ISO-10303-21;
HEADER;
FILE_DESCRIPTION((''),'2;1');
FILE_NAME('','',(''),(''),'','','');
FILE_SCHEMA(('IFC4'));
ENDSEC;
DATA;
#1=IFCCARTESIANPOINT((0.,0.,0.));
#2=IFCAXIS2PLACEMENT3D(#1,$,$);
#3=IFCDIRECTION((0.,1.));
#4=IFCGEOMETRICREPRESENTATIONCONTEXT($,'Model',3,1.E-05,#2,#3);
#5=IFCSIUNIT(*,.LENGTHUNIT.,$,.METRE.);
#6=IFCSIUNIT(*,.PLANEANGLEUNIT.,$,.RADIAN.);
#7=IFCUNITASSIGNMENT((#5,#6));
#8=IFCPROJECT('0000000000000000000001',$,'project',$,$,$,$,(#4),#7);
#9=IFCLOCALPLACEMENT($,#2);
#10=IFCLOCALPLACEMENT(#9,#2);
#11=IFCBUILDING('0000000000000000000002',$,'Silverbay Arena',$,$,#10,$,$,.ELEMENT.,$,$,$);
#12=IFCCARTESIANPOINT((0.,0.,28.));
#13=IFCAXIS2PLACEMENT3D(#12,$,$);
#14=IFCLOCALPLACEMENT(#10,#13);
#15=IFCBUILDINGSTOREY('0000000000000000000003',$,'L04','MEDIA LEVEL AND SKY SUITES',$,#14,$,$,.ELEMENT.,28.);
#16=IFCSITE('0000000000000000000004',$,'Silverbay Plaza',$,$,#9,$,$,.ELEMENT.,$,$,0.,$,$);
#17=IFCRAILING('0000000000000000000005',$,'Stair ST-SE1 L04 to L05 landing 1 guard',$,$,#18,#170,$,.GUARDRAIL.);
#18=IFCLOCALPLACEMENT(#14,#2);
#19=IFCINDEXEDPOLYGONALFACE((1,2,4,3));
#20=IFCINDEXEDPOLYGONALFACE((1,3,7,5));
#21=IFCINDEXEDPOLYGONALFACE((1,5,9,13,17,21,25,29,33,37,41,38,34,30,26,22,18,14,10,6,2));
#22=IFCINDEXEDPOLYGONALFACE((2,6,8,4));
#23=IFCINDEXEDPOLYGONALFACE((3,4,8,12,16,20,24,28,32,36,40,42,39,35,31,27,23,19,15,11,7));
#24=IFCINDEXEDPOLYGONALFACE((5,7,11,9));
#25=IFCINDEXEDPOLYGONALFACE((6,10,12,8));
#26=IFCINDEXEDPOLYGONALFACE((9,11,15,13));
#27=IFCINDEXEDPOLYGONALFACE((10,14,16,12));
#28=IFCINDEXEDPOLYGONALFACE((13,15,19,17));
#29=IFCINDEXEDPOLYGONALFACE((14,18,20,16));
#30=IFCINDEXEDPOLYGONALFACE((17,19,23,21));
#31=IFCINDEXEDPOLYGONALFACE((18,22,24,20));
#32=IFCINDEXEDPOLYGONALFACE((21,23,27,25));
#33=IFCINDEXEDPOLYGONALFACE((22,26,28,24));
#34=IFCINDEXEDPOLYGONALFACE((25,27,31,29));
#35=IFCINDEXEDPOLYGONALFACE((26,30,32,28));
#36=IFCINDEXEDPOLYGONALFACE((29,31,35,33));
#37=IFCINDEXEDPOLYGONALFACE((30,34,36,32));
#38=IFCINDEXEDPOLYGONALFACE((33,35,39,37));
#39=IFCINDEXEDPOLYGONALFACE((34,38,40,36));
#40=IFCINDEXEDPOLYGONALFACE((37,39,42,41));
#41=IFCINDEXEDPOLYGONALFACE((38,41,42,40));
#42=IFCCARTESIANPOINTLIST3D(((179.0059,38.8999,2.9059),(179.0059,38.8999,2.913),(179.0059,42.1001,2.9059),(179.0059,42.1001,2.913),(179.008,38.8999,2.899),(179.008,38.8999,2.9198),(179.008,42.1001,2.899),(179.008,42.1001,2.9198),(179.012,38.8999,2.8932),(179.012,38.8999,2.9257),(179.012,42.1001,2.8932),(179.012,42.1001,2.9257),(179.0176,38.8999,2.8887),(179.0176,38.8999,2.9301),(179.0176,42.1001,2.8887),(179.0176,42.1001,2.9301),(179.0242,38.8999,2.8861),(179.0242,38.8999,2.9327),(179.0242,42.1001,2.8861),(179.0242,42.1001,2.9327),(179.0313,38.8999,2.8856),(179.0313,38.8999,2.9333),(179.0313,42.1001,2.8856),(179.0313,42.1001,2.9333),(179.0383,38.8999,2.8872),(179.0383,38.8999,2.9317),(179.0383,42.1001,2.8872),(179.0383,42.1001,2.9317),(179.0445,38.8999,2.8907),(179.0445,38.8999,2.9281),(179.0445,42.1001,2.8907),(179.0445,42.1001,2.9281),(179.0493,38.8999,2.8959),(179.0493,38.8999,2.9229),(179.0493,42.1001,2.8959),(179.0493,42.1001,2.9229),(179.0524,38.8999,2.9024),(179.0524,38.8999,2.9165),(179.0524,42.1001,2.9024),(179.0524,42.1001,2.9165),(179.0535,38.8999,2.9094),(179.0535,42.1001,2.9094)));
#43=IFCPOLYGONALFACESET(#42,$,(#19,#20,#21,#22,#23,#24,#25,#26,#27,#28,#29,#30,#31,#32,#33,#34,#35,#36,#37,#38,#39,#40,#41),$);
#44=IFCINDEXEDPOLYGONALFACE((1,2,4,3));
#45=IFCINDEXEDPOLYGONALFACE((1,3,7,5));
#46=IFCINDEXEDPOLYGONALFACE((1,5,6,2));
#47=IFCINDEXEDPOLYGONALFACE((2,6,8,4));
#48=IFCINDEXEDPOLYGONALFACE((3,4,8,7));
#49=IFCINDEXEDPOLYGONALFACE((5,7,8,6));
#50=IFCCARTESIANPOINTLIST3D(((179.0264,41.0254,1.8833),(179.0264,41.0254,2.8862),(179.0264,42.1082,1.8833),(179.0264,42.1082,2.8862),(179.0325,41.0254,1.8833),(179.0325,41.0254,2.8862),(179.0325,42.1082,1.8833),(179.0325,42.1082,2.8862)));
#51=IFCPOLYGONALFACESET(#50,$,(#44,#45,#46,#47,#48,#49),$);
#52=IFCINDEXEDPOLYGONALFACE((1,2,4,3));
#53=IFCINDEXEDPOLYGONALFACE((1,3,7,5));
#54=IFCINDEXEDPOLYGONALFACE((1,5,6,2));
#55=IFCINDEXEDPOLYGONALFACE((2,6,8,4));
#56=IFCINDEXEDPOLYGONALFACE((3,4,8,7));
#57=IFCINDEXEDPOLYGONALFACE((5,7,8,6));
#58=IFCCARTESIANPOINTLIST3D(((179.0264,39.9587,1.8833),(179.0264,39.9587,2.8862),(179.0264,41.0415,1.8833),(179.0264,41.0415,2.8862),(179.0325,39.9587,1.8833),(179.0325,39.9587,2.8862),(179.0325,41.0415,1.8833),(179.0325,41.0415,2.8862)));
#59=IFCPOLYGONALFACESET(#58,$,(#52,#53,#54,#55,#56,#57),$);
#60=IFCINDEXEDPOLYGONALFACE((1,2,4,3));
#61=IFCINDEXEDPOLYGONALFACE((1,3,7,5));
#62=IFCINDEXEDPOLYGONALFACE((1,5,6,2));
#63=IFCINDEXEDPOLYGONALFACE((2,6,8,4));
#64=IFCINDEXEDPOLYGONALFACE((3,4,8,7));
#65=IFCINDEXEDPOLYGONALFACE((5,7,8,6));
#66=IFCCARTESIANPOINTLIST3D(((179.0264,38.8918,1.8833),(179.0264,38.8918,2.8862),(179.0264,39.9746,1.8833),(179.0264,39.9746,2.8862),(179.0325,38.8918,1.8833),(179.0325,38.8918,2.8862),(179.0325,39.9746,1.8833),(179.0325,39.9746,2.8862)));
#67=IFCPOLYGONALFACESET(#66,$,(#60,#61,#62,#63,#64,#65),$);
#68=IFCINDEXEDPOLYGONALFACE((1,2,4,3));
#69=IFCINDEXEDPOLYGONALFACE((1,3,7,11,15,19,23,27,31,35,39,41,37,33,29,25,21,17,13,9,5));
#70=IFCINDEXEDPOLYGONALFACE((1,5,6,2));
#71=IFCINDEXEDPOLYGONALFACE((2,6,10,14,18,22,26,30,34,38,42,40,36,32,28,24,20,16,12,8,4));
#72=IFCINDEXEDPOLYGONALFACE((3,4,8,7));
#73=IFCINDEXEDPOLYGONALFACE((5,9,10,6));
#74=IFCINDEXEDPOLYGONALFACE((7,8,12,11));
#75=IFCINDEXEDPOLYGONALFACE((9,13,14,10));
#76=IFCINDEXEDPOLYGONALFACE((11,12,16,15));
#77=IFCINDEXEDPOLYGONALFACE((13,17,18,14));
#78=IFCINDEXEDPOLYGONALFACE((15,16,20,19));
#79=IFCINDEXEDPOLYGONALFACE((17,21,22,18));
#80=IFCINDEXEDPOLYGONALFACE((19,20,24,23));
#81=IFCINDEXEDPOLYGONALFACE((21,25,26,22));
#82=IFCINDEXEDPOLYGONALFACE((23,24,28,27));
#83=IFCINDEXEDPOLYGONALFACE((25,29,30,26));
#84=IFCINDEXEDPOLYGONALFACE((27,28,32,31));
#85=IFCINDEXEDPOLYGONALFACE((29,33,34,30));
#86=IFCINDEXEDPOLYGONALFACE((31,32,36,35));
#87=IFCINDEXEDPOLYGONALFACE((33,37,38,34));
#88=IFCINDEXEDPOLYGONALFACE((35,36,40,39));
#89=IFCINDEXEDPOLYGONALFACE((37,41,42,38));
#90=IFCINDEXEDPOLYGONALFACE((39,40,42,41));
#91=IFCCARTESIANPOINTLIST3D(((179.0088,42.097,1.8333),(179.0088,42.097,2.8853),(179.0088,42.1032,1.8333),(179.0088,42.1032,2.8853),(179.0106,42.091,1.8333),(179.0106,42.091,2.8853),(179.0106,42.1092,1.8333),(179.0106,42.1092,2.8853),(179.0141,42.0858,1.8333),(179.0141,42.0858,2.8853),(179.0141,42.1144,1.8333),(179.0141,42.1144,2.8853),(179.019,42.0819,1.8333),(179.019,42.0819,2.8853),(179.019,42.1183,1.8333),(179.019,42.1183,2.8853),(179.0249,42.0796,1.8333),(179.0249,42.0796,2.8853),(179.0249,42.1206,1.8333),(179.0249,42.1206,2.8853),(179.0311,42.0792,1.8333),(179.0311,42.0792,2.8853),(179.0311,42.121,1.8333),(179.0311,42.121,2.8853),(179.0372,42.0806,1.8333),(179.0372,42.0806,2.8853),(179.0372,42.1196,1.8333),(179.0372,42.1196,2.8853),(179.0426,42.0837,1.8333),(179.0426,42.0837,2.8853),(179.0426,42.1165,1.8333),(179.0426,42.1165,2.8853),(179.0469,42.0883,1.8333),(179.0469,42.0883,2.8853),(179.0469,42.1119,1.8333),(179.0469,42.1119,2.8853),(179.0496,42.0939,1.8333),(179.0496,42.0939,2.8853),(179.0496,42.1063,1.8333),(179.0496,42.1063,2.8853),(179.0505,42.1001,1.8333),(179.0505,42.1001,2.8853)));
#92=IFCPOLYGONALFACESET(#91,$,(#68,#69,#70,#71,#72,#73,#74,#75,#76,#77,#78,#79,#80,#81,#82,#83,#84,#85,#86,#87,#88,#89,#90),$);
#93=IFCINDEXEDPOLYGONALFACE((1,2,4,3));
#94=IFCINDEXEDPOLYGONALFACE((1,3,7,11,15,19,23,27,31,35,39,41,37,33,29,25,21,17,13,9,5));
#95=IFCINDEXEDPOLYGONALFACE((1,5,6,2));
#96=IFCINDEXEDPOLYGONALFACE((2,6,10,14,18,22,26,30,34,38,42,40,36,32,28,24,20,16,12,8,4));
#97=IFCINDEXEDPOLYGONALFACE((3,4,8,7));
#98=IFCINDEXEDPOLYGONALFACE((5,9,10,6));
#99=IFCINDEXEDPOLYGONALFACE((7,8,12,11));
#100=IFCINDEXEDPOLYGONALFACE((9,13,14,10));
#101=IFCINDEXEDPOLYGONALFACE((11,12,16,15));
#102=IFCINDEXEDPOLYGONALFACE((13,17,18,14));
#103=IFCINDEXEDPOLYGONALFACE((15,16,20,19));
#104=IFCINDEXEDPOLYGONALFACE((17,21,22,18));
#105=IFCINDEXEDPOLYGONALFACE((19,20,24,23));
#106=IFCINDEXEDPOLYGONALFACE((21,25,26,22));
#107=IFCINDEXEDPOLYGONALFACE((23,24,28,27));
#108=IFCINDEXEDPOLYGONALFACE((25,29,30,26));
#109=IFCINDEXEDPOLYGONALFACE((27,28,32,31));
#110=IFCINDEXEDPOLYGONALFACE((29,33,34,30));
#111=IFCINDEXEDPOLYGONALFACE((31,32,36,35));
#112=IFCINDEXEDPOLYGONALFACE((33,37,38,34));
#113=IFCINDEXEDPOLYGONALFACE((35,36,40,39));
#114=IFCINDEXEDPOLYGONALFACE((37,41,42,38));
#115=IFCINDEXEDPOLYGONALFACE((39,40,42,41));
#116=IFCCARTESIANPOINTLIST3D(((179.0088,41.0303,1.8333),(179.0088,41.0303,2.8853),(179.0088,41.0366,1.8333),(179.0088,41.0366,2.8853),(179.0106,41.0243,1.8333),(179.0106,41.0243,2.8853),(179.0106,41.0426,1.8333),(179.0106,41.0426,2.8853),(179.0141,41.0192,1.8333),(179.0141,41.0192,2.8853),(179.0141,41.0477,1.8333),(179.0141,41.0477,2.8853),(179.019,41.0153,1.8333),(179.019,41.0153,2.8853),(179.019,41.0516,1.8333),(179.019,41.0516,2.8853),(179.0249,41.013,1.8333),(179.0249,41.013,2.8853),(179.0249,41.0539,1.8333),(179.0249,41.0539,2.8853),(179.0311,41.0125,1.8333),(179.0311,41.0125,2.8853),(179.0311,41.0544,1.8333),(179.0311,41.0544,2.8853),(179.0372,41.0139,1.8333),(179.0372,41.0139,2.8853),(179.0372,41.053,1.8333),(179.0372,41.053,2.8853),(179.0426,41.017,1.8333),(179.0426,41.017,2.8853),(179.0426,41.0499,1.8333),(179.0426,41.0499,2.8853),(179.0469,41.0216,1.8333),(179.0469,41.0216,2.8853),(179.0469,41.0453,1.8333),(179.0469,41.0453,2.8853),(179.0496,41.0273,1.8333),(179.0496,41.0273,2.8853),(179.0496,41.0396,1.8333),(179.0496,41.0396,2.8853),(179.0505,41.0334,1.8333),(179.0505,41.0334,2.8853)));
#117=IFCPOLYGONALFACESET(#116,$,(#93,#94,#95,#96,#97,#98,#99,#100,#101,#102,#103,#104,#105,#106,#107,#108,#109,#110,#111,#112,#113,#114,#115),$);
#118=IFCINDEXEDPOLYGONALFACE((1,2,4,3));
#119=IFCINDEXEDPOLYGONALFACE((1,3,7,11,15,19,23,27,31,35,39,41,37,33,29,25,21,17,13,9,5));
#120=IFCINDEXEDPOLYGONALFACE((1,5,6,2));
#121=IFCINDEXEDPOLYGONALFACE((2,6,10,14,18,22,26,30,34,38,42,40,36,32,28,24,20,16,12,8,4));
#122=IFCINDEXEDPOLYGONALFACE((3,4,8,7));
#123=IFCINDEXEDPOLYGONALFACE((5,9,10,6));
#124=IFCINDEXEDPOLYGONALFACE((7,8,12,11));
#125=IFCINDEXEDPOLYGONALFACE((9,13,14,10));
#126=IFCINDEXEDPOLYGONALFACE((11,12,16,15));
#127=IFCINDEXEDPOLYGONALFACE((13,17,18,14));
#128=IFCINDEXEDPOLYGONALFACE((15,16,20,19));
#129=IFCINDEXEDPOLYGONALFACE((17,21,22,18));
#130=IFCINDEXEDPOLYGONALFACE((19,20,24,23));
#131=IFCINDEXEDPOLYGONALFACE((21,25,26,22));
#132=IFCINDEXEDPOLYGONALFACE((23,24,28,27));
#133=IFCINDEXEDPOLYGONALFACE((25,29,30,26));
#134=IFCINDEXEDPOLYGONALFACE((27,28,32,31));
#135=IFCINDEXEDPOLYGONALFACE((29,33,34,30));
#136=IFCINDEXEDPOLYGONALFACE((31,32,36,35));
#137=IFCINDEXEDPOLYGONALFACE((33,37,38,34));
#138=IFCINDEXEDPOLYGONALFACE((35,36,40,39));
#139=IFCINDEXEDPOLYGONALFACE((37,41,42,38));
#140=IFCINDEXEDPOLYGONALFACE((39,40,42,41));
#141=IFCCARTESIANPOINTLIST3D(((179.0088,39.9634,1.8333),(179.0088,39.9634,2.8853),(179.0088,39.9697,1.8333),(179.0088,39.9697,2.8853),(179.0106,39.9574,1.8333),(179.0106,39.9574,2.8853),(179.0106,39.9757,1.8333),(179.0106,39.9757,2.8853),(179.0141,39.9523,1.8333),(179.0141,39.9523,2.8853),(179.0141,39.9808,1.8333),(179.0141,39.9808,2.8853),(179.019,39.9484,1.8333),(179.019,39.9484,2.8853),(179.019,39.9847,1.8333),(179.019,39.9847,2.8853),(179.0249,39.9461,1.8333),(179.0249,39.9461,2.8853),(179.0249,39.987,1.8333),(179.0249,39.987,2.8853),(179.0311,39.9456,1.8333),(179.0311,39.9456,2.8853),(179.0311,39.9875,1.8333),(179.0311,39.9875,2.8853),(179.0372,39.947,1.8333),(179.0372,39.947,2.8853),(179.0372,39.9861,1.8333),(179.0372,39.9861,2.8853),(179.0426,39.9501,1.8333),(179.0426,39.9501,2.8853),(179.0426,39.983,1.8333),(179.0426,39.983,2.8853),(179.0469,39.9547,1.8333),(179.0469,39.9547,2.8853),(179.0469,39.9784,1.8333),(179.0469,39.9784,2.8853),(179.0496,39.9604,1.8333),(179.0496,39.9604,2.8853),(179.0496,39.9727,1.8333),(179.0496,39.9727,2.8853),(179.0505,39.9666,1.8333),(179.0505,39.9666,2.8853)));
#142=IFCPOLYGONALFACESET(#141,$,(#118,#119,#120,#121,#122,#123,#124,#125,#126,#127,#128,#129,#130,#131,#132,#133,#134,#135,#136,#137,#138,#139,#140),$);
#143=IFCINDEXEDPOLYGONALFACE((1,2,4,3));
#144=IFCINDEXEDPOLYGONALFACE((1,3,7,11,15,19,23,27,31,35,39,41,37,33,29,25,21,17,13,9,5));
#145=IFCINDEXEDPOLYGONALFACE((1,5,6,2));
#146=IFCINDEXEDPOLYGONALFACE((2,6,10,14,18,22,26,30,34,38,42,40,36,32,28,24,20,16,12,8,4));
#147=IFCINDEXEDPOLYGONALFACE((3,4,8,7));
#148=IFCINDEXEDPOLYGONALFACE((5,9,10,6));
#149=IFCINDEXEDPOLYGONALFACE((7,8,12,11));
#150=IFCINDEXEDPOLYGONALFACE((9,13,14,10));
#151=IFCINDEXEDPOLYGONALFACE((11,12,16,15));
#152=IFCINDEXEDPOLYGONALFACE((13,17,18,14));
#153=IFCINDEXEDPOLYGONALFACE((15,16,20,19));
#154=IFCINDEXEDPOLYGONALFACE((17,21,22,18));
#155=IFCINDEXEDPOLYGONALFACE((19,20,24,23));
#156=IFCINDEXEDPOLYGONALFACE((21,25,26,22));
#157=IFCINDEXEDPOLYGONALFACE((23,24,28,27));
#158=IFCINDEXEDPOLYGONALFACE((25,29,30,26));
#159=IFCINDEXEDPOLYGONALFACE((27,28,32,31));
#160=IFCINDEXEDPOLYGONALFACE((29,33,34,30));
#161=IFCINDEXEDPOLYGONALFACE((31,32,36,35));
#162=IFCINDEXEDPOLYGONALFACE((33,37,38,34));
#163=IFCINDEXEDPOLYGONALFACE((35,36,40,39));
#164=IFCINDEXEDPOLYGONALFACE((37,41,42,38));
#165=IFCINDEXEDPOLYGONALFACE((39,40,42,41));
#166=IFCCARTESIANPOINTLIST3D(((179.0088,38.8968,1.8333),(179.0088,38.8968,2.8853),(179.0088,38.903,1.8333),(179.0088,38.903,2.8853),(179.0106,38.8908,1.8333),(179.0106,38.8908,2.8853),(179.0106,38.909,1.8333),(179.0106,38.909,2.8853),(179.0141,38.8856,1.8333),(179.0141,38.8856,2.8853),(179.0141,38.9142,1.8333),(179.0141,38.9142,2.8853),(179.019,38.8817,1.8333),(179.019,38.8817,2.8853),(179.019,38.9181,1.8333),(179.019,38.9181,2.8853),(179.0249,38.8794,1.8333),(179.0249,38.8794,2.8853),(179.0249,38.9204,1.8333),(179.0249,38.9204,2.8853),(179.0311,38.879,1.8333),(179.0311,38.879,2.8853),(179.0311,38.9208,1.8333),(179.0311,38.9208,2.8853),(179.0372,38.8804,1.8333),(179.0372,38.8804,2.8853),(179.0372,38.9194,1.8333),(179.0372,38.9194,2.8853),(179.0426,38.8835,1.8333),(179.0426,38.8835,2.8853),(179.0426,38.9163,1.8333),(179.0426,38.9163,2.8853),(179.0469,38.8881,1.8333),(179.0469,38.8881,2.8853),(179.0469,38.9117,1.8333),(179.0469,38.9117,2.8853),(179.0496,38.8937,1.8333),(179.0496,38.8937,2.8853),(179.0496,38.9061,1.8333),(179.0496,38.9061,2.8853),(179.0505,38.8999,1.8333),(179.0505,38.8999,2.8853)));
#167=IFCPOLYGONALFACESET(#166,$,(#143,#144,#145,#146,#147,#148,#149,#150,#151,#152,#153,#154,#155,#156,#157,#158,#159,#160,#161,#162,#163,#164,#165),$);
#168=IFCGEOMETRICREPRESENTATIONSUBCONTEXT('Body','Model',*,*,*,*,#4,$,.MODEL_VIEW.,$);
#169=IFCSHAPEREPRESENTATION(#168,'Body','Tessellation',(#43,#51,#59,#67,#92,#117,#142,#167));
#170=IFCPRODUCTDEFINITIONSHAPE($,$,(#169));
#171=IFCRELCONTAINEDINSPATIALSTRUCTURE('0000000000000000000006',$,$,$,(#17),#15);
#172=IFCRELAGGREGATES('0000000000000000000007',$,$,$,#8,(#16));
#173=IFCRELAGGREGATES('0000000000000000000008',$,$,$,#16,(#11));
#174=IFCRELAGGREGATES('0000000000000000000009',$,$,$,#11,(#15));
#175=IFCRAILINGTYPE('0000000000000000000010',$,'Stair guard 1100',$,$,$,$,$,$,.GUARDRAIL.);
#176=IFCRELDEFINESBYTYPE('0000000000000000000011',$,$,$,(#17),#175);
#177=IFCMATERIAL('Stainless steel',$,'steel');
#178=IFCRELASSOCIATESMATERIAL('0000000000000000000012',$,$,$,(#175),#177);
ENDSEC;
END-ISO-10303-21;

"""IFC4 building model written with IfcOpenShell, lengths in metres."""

from ifc_helpers import new_model, si_unit, direction, frame, origin, origin_2d, place, context, subcontext, project, spatial, polyline, circle, outline, extrude, material, type_object, element, save


model = new_model("IFC4")

# Units and contexts
model_context = context("Model", 3, precision=1e-05, world=origin(), true_north=direction((0.0, 1.0)))
body_context = subcontext(model_context, "Body", "Model", "MODEL_VIEW")
ifc_project = project(units=[si_unit("LENGTHUNIT", "METRE"), si_unit("PLANEANGLEUNIT", "RADIAN")], contexts=[model_context])

# Site, building, storey
site_placement = place(None, origin())
site = spatial("IfcSite", under=ifc_project, at=site_placement, Name="Silverbay Plaza", CompositionType="ELEMENT", RefElevation=0.0)
building_placement = place(site_placement, origin())
building = spatial("IfcBuilding", under=site, at=building_placement, Name="Silverbay Arena", CompositionType="ELEMENT")
storey_placement = place(building_placement, frame((0.0, 0.0, 28.0)))
storey = spatial("IfcBuildingStorey", under=building, at=storey_placement, Name="L04", Description="MEDIA LEVEL AND SKY SUITES", CompositionType="ELEMENT", Elevation=28.0)

# Railing
ifc_material_1 = material(Name="Stainless steel", Category="steel")
railing_type_1 = type_object("IfcRailingType", Name="Stair guard 1100", PredefinedType="GUARDRAIL", material=ifc_material_1)
for number, where, name in (
    (1, (179.0295, 42.1001, 1.8333), "Stair ST-SE1 L04 to L05 landing 1 guard"),
):
    element("IfcRailing", number, at=place(storey_placement, frame(where)), inside=storey, type_object=railing_type_1, Name=name, PredefinedType="GUARDRAIL", context=body_context, shape_type="SweptSolid", body=[
        extrude(circle(Radius=0.0239, at=origin_2d()), frame((0.0, 0.0, 1.0762), z_axis=(0.0, -1.0, 0.0), x_axis=(1.0, 0.0, 0.0)), (0.0, 0.0, 1.0), 3.2002),
        extrude(outline(polyline([(-0.0081, 0.05), (1.0747, 0.05), (1.0747, 1.053), (-0.0081, 1.053), (-0.0081, 0.05)])), frame((0.0029, 0.0, 0.0), z_axis=(-1.0, 0.0, 0.0), x_axis=(0.0, -1.0, 0.0)), (0.0, 0.0, 1.0), 0.0061),
        extrude(outline(polyline([(-0.0081, 0.05), (1.0747, 0.05), (1.0747, 1.053), (-0.0081, 1.053), (-0.0081, 0.05)])), frame((0.0029, -1.0667, 0.0), z_axis=(-1.0, 0.0, 0.0), x_axis=(0.0, -1.0, 0.0)), (0.0, 0.0, 1.0), 0.0061),
        extrude(outline(polyline([(-0.0081, 0.05), (1.0747, 0.05), (1.0747, 1.053), (-0.0081, 1.053), (-0.0081, 0.05)])), frame((0.0029, -2.1335, 0.0), z_axis=(-1.0, 0.0, 0.0), x_axis=(0.0, -1.0, 0.0)), (0.0, 0.0, 1.0), 0.0061),
        extrude(circle(Radius=0.021, at=origin_2d()), origin(), (0.0, 0.0, 1.0), 1.052),
        extrude(circle(Radius=0.021, at=origin_2d()), frame((0.0, -1.0667, 0.0)), (0.0, 0.0, 1.0), 1.052),
        extrude(circle(Radius=0.021, at=origin_2d()), frame((0.0, -2.1335, 0.0)), (0.0, 0.0, 1.0), 1.052),
        extrude(circle(Radius=0.021, at=origin_2d()), frame((0.0, -3.2002, 0.0)), (0.0, 0.0, 1.0), 1.052),
    ])

save(model, "model.ifc")
